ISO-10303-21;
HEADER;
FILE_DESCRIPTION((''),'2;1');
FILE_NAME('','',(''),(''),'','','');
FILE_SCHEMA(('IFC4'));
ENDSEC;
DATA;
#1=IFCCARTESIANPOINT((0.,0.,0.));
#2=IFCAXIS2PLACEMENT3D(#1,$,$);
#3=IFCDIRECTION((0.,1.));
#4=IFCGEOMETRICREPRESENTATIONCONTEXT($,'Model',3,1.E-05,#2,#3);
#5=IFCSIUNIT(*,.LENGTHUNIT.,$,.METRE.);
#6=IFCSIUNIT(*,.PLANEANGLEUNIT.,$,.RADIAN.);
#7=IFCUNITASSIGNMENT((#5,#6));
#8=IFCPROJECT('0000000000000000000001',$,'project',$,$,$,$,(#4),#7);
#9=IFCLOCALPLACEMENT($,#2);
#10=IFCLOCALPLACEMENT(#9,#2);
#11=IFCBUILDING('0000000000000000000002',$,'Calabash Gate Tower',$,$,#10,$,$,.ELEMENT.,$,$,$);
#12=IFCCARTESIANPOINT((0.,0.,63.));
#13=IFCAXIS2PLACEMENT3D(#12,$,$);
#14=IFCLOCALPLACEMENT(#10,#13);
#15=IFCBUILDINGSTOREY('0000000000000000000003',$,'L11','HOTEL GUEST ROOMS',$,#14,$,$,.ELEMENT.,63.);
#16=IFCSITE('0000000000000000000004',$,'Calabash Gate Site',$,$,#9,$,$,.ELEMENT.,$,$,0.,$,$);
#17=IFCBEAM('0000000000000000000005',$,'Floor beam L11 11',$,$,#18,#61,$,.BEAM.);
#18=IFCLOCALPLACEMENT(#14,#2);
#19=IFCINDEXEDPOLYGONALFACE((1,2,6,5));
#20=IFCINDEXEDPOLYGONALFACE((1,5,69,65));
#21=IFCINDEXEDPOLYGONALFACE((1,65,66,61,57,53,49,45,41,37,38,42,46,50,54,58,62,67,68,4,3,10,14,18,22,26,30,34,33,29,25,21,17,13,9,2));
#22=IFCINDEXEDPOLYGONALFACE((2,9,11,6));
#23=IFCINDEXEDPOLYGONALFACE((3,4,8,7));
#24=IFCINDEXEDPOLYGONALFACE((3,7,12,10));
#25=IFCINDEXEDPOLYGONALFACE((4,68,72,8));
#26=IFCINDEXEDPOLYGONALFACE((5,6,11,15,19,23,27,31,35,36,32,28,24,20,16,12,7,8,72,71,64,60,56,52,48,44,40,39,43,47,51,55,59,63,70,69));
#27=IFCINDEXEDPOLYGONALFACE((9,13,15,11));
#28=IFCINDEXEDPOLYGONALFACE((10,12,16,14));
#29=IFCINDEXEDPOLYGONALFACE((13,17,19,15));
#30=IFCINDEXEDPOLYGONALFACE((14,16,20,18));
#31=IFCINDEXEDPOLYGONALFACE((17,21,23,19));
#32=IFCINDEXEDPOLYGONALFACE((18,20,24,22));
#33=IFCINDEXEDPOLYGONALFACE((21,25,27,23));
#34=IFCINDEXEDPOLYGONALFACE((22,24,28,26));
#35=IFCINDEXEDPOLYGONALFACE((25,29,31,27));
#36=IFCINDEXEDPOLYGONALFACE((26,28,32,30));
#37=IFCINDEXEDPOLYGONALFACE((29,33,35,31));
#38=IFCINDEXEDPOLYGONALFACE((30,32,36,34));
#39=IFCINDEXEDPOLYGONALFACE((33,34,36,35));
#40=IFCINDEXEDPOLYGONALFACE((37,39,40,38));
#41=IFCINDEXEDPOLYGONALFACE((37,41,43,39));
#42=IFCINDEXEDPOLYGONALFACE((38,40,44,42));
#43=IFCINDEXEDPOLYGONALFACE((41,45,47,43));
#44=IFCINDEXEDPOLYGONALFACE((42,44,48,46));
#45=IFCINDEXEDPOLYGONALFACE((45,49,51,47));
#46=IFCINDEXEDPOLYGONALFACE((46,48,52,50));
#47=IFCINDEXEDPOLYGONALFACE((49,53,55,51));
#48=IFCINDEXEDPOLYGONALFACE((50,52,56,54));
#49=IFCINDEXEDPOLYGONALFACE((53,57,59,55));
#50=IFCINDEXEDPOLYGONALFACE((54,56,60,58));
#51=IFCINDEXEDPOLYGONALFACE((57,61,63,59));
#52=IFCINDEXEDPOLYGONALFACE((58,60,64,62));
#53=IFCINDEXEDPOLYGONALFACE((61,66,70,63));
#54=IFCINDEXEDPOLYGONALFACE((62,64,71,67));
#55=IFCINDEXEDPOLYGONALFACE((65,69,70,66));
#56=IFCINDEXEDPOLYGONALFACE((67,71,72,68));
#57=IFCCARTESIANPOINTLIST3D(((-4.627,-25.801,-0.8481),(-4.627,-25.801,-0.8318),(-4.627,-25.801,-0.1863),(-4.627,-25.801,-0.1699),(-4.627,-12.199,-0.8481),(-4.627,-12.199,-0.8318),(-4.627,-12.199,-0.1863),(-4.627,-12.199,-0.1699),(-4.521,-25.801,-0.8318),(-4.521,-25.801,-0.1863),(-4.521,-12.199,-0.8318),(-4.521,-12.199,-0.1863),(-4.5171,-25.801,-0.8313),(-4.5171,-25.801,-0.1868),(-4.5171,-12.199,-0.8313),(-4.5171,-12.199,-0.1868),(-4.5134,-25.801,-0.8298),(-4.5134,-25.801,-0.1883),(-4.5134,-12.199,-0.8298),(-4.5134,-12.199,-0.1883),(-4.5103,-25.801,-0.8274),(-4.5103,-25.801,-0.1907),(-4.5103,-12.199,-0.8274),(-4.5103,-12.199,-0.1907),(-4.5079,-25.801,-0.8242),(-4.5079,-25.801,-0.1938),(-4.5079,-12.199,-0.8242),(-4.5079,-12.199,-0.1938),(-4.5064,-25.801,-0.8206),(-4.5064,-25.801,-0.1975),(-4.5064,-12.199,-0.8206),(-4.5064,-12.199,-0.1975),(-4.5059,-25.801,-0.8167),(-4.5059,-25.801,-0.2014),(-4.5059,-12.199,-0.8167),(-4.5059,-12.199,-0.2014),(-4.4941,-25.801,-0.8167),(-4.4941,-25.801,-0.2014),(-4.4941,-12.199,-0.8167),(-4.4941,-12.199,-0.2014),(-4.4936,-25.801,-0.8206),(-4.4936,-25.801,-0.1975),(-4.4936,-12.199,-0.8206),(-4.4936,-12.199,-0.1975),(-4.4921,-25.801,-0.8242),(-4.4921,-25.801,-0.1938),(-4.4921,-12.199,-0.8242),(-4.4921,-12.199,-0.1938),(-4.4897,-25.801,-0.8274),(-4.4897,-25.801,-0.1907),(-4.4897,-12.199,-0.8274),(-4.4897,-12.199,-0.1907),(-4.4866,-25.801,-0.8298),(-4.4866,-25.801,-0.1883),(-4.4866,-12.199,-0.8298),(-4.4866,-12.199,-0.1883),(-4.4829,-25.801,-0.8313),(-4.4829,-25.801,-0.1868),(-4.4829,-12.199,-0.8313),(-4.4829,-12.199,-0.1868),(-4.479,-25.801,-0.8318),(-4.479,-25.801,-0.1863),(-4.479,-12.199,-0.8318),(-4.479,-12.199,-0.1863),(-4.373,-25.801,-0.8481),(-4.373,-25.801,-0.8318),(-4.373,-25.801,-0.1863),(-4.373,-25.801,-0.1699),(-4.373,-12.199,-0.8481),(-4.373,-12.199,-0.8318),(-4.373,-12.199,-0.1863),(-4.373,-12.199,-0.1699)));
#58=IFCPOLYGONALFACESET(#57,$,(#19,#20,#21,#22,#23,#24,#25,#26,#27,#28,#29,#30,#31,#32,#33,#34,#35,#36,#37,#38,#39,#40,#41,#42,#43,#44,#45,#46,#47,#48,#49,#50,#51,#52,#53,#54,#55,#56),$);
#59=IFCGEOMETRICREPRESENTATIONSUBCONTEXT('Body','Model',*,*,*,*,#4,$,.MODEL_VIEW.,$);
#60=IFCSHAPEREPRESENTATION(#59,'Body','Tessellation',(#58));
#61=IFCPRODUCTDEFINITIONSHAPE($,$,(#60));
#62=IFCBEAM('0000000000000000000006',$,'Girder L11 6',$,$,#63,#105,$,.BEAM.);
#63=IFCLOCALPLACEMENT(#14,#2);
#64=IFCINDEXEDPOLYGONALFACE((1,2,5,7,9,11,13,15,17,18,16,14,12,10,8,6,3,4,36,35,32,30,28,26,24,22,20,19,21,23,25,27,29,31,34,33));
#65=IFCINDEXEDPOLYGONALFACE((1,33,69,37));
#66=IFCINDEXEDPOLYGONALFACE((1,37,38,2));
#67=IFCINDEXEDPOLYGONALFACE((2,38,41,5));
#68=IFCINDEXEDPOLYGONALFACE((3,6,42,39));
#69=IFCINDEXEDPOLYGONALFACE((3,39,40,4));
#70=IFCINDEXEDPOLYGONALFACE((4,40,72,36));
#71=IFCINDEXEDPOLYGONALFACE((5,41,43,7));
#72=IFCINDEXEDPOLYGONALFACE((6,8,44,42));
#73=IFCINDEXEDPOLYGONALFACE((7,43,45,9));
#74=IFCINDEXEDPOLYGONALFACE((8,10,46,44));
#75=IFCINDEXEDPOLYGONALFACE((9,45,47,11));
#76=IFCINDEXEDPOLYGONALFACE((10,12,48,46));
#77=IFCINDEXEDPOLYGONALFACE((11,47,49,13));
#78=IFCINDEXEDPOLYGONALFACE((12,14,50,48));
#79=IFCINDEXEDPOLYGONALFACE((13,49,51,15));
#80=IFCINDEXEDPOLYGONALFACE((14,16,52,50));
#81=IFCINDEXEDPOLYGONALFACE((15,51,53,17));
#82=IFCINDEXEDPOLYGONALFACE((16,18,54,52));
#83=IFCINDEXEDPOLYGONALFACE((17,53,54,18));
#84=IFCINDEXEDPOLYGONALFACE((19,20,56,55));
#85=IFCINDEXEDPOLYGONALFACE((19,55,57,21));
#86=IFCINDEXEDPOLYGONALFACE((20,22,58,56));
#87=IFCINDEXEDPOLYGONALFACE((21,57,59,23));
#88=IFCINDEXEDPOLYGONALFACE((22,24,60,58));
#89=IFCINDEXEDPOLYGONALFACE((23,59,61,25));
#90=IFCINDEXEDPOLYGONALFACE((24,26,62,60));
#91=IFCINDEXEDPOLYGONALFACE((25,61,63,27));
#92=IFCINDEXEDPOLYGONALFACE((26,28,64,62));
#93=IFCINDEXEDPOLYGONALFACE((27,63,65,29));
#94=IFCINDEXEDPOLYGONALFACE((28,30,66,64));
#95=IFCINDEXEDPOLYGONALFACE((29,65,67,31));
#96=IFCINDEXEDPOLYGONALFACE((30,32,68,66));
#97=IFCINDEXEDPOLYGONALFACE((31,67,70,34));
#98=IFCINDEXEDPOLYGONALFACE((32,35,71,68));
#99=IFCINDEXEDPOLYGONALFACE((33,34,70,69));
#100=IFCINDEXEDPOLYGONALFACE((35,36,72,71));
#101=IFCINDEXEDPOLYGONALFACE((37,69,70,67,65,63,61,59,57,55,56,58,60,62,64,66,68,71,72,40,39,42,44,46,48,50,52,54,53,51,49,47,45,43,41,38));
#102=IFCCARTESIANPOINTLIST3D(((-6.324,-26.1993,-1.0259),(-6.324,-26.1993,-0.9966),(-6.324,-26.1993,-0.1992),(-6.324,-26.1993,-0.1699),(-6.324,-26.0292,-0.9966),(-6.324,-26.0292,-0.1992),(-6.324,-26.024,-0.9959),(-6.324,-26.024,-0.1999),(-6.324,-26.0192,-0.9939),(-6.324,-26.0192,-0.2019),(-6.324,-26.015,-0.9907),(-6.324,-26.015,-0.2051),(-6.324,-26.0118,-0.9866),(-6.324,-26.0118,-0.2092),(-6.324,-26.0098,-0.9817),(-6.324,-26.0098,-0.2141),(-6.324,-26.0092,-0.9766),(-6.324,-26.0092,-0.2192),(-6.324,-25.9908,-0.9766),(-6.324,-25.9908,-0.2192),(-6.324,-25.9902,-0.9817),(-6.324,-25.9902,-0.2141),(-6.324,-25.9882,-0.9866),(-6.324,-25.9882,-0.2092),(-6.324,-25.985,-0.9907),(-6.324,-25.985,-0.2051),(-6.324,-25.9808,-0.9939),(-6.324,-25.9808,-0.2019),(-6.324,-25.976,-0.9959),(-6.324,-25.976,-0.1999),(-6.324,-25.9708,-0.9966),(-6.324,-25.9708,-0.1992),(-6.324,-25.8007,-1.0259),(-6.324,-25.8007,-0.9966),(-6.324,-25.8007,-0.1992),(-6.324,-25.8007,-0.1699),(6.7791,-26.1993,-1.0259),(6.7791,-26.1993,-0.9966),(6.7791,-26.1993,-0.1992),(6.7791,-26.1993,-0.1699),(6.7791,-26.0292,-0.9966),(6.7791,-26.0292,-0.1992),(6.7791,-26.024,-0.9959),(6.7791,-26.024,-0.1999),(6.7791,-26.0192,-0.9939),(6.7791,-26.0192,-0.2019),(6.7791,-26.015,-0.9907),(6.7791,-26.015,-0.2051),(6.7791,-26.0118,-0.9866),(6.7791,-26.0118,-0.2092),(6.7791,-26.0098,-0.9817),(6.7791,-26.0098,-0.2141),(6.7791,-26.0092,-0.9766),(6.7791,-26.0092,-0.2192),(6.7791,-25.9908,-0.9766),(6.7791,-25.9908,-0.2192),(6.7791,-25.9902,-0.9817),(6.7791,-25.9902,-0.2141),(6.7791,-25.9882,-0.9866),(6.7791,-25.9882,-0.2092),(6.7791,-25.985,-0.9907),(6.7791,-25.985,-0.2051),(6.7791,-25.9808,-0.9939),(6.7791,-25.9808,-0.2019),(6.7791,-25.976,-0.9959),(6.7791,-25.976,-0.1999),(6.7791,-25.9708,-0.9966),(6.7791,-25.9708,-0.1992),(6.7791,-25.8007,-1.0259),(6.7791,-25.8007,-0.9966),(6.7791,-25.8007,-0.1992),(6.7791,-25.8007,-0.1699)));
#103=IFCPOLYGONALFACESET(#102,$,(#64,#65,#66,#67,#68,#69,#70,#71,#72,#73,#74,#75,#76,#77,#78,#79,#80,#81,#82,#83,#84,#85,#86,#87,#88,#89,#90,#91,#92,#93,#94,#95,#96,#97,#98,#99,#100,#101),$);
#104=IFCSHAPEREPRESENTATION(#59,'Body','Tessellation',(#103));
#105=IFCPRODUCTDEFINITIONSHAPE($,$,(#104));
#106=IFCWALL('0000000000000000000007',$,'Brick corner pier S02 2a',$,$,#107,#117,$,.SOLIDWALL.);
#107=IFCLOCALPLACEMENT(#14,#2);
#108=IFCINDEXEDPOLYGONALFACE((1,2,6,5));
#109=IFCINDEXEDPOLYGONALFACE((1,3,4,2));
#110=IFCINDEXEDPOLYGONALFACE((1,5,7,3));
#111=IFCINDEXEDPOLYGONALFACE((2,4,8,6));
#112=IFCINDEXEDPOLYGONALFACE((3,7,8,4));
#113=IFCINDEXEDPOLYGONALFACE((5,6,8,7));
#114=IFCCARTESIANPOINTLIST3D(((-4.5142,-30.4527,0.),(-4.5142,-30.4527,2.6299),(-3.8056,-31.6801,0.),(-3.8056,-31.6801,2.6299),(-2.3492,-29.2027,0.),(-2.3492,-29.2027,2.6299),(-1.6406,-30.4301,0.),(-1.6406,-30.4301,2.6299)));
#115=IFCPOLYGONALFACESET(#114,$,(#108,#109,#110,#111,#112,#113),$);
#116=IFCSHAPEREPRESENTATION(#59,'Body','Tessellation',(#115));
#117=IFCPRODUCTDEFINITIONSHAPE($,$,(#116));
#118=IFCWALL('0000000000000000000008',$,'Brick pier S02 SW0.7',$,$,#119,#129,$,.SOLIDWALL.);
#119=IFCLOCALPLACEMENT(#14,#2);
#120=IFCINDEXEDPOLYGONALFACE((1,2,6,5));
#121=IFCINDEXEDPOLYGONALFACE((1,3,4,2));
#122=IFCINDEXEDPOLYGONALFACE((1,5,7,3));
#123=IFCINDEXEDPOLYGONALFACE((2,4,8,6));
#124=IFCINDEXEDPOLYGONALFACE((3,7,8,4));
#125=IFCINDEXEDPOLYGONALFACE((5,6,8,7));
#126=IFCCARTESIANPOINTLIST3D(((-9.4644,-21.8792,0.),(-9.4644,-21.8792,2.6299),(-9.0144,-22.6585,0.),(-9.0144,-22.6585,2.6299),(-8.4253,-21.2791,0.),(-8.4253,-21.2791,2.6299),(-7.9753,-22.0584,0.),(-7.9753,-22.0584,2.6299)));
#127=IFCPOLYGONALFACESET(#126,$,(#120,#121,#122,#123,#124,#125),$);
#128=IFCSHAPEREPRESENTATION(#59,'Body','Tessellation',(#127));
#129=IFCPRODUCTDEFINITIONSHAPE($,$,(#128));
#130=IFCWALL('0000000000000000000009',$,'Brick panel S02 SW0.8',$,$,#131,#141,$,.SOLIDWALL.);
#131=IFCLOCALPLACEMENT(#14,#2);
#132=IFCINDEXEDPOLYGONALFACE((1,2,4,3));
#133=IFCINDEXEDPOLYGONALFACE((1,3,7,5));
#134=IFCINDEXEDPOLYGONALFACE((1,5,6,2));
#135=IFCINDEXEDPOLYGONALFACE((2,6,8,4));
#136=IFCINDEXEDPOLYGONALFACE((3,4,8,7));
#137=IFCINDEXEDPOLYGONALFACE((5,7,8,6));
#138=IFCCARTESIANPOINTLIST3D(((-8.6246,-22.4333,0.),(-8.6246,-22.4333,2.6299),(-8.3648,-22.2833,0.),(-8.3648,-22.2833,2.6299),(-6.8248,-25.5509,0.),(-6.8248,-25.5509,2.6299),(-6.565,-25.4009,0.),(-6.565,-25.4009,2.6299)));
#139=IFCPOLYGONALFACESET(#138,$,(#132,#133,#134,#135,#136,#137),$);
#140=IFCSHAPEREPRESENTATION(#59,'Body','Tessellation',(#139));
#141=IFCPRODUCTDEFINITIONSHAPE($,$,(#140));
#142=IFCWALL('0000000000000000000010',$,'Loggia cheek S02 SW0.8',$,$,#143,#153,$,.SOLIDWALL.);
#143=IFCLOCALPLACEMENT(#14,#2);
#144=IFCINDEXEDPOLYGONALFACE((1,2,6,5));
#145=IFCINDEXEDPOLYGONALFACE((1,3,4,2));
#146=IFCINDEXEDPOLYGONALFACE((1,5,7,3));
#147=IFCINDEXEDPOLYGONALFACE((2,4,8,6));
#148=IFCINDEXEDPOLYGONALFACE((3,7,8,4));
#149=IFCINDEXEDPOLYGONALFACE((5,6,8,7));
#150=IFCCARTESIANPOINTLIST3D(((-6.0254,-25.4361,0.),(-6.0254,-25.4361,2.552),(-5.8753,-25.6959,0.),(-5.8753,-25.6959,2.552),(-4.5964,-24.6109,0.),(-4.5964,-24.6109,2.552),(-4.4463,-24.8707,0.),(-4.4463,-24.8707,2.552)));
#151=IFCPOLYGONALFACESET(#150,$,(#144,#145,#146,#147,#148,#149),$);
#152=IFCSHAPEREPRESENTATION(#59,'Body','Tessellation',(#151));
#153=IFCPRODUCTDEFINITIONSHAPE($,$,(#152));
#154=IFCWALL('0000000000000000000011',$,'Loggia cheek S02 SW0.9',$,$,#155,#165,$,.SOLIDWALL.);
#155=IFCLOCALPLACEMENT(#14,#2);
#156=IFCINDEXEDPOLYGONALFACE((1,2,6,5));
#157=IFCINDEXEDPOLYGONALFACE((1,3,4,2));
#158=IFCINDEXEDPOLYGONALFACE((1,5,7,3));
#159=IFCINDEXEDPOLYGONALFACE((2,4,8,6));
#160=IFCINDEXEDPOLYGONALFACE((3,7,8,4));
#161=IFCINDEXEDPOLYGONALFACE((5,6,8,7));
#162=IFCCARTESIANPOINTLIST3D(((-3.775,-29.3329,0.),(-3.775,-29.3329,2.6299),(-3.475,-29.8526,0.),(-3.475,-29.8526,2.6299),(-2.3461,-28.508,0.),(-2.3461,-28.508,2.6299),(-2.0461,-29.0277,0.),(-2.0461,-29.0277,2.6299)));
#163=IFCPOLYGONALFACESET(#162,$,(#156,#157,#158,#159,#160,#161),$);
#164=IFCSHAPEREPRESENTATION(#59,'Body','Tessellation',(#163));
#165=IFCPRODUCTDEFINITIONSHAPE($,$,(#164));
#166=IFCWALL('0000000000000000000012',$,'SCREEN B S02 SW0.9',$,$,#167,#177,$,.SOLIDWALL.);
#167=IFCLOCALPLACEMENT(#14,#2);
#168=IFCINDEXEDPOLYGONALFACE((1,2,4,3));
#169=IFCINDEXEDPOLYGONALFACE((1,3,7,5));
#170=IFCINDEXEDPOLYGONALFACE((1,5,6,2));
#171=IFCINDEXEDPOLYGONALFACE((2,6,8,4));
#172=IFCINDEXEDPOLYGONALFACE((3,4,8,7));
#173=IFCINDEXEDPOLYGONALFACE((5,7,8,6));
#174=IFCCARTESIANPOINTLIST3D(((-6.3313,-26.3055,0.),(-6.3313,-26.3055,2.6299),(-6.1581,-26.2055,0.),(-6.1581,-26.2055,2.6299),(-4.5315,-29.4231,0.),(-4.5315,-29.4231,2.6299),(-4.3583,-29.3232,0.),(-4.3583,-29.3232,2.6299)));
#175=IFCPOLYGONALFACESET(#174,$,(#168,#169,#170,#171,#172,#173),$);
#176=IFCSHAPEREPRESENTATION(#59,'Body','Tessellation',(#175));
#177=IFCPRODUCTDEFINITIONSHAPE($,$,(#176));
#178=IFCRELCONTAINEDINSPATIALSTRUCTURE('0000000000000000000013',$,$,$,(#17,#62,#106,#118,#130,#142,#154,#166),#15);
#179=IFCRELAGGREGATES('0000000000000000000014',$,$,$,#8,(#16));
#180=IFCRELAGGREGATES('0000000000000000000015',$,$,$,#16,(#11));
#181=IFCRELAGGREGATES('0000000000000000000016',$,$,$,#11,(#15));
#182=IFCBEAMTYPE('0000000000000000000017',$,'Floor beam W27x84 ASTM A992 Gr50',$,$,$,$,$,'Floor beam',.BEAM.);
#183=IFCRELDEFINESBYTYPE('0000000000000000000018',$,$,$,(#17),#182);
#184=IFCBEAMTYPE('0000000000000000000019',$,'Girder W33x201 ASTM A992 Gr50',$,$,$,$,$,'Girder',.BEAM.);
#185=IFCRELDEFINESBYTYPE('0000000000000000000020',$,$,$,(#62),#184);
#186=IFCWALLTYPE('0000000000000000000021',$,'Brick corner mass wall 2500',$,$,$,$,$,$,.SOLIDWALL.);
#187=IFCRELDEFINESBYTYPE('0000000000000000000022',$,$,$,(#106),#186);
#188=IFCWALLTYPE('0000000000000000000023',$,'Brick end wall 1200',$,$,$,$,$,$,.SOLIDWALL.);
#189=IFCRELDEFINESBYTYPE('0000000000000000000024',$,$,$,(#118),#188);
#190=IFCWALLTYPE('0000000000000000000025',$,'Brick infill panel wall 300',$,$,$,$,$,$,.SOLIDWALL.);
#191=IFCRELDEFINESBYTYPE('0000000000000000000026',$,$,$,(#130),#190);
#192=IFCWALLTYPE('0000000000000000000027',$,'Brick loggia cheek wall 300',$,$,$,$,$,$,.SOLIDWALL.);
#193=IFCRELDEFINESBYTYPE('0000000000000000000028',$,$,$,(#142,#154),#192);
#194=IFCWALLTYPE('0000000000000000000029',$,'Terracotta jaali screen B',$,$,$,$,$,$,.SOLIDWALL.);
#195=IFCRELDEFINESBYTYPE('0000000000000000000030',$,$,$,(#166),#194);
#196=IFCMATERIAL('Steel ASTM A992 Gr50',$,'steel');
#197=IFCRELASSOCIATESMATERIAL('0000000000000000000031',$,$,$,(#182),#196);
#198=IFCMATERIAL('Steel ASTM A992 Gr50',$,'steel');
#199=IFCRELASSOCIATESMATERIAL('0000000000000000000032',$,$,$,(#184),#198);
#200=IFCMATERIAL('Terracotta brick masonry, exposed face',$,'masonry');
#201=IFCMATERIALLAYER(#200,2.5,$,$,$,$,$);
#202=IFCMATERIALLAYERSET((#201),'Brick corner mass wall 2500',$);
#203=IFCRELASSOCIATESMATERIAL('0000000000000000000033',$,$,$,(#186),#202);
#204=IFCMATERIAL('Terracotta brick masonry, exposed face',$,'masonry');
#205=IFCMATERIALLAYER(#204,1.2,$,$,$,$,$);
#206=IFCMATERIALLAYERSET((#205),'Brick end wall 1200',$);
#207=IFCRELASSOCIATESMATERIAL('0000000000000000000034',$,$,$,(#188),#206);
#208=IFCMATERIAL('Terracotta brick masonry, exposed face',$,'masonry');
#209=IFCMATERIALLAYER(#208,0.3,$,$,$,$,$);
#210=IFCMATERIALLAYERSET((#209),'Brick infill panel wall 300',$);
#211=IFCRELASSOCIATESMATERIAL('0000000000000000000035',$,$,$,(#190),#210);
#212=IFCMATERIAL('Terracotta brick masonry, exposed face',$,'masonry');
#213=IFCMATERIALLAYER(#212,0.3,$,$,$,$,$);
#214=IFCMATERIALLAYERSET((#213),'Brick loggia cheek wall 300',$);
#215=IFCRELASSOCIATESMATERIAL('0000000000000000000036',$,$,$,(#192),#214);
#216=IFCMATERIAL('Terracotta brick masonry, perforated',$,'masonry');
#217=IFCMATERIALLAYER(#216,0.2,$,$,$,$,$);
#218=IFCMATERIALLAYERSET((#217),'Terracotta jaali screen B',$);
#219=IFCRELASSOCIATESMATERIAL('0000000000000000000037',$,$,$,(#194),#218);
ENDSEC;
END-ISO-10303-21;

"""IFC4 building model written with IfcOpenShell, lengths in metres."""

from ifc_helpers import new_model, si_unit, direction, frame, frame_2d, origin, origin_2d, place, context, subcontext, project, spatial, rectangle, i_section, extrude, material, layer, layer_set, material_profile, profile_set, type_object, element, save


model = new_model("IFC4")

# Units and contexts
model_context = context("Model", 3, precision=1e-05, world=origin(), true_north=direction((0.0, 1.0)))
body_context = subcontext(model_context, "Body", "Model", "MODEL_VIEW")
ifc_project = project(units=[si_unit("LENGTHUNIT", "METRE"), si_unit("PLANEANGLEUNIT", "RADIAN")], contexts=[model_context])

# Site, building, storey
site_placement = place(None, origin())
site = spatial("IfcSite", under=ifc_project, at=site_placement, Name="Calabash Gate Site", CompositionType="ELEMENT", RefElevation=0.0)
building_placement = place(site_placement, origin())
building = spatial("IfcBuilding", under=site, at=building_placement, Name="Calabash Gate Tower", CompositionType="ELEMENT")
storey_placement = place(building_placement, frame((0.0, 0.0, 63.0)))
storey = spatial("IfcBuildingStorey", under=building, at=storey_placement, Name="L11", Description="HOTEL GUEST ROOMS", CompositionType="ELEMENT", Elevation=63.0)

# Beams
ifc_material_1 = material(Name="Steel ASTM A992 Gr50", Category="steel")
ifc_material_profile_1 = material_profile(ifc_material_1, i_section(OverallWidth=0.2539, OverallDepth=0.6782, WebThickness=0.0117, FlangeThickness=0.0164, FilletRadius=0.0151, at=origin_2d()))
ifc_profile_set_1 = profile_set([ifc_material_profile_1], Name="Steel ASTM A992 Gr50")
beam_type_1 = type_object("IfcBeamType", Name="Floor beam W27x84 ASTM A992 Gr50", ElementType="Floor beam", PredefinedType="BEAM", material=ifc_profile_set_1)
beam_1_placement = place(storey_placement, frame((-4.5, -25.801, -0.509), z_axis=(0.0, 1.0, 0.0), x_axis=(-1.0, 0.0, 0.0)))
element("IfcBeam", 1, at=beam_1_placement, inside=storey, type_object=beam_type_1, Name="Floor beam L11 11", PredefinedType="BEAM", context=body_context, shape_type="SweptSolid", body=[
    extrude(i_section(OverallWidth=0.2539, OverallDepth=0.6782, WebThickness=0.0117, FlangeThickness=0.0164, FilletRadius=0.0151, at=origin_2d()), origin(), (0.0, 0.0, 1.0), 13.6021),
])
ifc_material_2 = material(Name="Steel ASTM A992 Gr50", Category="steel")
ifc_material_profile_2 = material_profile(ifc_material_2, i_section(OverallWidth=0.3987, OverallDepth=0.856, WebThickness=0.0183, FlangeThickness=0.0293, FilletRadius=0.02, at=origin_2d()))
ifc_profile_set_2 = profile_set([ifc_material_profile_2], Name="Steel ASTM A992 Gr50")
beam_type_2 = type_object("IfcBeamType", Name="Girder W33x201 ASTM A992 Gr50", ElementType="Girder", PredefinedType="BEAM", material=ifc_profile_set_2)
beam_2_placement = place(storey_placement, frame((-6.324, -26.0, -0.5979), z_axis=(1.0, 0.0, 0.0), x_axis=(0.0, 1.0, 0.0)))
element("IfcBeam", 2, at=beam_2_placement, inside=storey, type_object=beam_type_2, Name="Girder L11 6", PredefinedType="BEAM", context=body_context, shape_type="SweptSolid", body=[
    extrude(i_section(OverallWidth=0.3987, OverallDepth=0.856, WebThickness=0.0183, FlangeThickness=0.0293, FilletRadius=0.02, at=origin_2d()), origin(), (0.0, 0.0, 1.0), 13.103),
])

# Walls
ifc_material_3 = material(Name="Terracotta brick masonry, exposed face", Category="masonry")
ifc_layer_1 = layer(ifc_material_3, 2.5)
ifc_layer_set_1 = layer_set([ifc_layer_1], Name="Brick corner mass wall 2500")
wall_type_1 = type_object("IfcWallType", Name="Brick corner mass wall 2500", PredefinedType="SOLIDWALL", material=ifc_layer_set_1)
wall_1_placement = place(storey_placement, frame((-1.9949, -29.8164, 0.0), z_axis=(0.0, 0.0, 1.0), x_axis=(-0.866023, -0.500004, 0.0)))
element("IfcWall", 3, at=wall_1_placement, inside=storey, type_object=wall_type_1, Name="Brick corner pier S02 2a", PredefinedType="SOLIDWALL", context=body_context, shape_type="SweptSolid", body=[
    extrude(rectangle(XDim=2.5, YDim=1.4172, at=frame_2d((1.25, 0.0))), origin(), (0.0, 0.0, 1.0), 2.6299),
])
ifc_material_4 = material(Name="Terracotta brick masonry, exposed face", Category="masonry")
ifc_layer_2 = layer(ifc_material_4, 1.2)
ifc_layer_set_2 = layer_set([ifc_layer_2], Name="Brick end wall 1200")
wall_type_2 = type_object("IfcWallType", Name="Brick end wall 1200", PredefinedType="SOLIDWALL", material=ifc_layer_set_2)
wall_2_placement = place(storey_placement, frame((-8.2002, -21.6687, 0.0), z_axis=(0.0, 0.0, 1.0), x_axis=(-0.865955, -0.500122, 0.0)))
element("IfcWall", 4, at=wall_2_placement, inside=storey, type_object=wall_type_2, Name="Brick pier S02 SW0.7", PredefinedType="SOLIDWALL", context=body_context, shape_type="SweptSolid", body=[
    extrude(rectangle(XDim=1.2, YDim=0.8999, at=frame_2d((0.6001, 0.0))), origin(), (0.0, 0.0, 1.0), 2.6299),
])
ifc_material_5 = material(Name="Terracotta brick masonry, exposed face", Category="masonry")
ifc_layer_3 = layer(ifc_material_5, 0.3)
ifc_layer_set_3 = layer_set([ifc_layer_3], Name="Brick infill panel wall 300")
wall_type_3 = type_object("IfcWallType", Name="Brick infill panel wall 300", PredefinedType="SOLIDWALL", material=ifc_layer_set_3)
wall_3_placement = place(storey_placement, frame((-8.4946, -22.3584, 0.0), z_axis=(0.0, 0.0, 1.0), x_axis=(0.499961, -0.866048, 0.0)))
element("IfcWall", 5, at=wall_3_placement, inside=storey, type_object=wall_type_3, Name="Brick panel S02 SW0.8", PredefinedType="SOLIDWALL", context=body_context, shape_type="SweptSolid", body=[
    extrude(rectangle(XDim=3.5999, YDim=0.3, at=frame_2d((1.7998, 0.0))), origin(), (0.0, 0.0, 1.0), 2.6299),
])
ifc_material_6 = material(Name="Terracotta brick masonry, exposed face", Category="masonry")
ifc_layer_4 = layer(ifc_material_6, 0.3)
ifc_layer_set_4 = layer_set([ifc_layer_4], Name="Brick loggia cheek wall 300")
wall_type_4 = type_object("IfcWallType", Name="Brick loggia cheek wall 300", PredefinedType="SOLIDWALL", material=ifc_layer_set_4)
wall_4_placement = place(storey_placement, frame((-4.5212, -24.7407, 0.0), z_axis=(0.0, 0.0, 1.0), x_axis=(-0.865976, -0.500085, 0.0)))
element("IfcWall", 6, at=wall_4_placement, inside=storey, type_object=wall_type_4, Name="Loggia cheek S02 SW0.8", PredefinedType="SOLIDWALL", context=body_context, shape_type="SweptSolid", body=[
    extrude(rectangle(XDim=1.6501, YDim=0.3, at=frame_2d((0.8252, 0.0))), origin(), (0.0, 0.0, 1.0), 2.552),
])
wall_5_placement = place(storey_placement, frame((-3.625, -29.5928, 0.0), z_axis=(0.0, 0.0, 1.0), x_axis=(0.86604, 0.499974, 0.0)))
element("IfcWall", 7, at=wall_5_placement, inside=storey, type_object=wall_type_4, Name="Loggia cheek S02 SW0.9", PredefinedType="SOLIDWALL", context=body_context, shape_type="SweptSolid", body=[
    extrude(rectangle(XDim=1.6499, YDim=0.6001, at=frame_2d((0.825, 0.0))), origin(), (0.0, 0.0, 1.0), 2.6299),
])
ifc_material_7 = material(Name="Terracotta brick masonry, perforated", Category="masonry")
ifc_layer_5 = layer(ifc_material_7, 0.2)
ifc_layer_set_5 = layer_set([ifc_layer_5], Name="Terracotta jaali screen B")
wall_type_5 = type_object("IfcWallType", Name="Terracotta jaali screen B", PredefinedType="SOLIDWALL", material=ifc_layer_set_5)
wall_6_placement = place(storey_placement, frame((-6.2446, -26.2556, 0.0), z_axis=(0.0, 0.0, 1.0), x_axis=(0.499961, -0.866048, 0.0)))
element("IfcWall", 8, at=wall_6_placement, inside=storey, type_object=wall_type_5, Name="SCREEN B S02 SW0.9", PredefinedType="SOLIDWALL", context=body_context, shape_type="SweptSolid", body=[
    extrude(rectangle(XDim=3.5999, YDim=0.2, at=frame_2d((1.7998, 0.0))), origin(), (0.0, 0.0, 1.0), 2.6299),
])

save(model, "model.ifc")
